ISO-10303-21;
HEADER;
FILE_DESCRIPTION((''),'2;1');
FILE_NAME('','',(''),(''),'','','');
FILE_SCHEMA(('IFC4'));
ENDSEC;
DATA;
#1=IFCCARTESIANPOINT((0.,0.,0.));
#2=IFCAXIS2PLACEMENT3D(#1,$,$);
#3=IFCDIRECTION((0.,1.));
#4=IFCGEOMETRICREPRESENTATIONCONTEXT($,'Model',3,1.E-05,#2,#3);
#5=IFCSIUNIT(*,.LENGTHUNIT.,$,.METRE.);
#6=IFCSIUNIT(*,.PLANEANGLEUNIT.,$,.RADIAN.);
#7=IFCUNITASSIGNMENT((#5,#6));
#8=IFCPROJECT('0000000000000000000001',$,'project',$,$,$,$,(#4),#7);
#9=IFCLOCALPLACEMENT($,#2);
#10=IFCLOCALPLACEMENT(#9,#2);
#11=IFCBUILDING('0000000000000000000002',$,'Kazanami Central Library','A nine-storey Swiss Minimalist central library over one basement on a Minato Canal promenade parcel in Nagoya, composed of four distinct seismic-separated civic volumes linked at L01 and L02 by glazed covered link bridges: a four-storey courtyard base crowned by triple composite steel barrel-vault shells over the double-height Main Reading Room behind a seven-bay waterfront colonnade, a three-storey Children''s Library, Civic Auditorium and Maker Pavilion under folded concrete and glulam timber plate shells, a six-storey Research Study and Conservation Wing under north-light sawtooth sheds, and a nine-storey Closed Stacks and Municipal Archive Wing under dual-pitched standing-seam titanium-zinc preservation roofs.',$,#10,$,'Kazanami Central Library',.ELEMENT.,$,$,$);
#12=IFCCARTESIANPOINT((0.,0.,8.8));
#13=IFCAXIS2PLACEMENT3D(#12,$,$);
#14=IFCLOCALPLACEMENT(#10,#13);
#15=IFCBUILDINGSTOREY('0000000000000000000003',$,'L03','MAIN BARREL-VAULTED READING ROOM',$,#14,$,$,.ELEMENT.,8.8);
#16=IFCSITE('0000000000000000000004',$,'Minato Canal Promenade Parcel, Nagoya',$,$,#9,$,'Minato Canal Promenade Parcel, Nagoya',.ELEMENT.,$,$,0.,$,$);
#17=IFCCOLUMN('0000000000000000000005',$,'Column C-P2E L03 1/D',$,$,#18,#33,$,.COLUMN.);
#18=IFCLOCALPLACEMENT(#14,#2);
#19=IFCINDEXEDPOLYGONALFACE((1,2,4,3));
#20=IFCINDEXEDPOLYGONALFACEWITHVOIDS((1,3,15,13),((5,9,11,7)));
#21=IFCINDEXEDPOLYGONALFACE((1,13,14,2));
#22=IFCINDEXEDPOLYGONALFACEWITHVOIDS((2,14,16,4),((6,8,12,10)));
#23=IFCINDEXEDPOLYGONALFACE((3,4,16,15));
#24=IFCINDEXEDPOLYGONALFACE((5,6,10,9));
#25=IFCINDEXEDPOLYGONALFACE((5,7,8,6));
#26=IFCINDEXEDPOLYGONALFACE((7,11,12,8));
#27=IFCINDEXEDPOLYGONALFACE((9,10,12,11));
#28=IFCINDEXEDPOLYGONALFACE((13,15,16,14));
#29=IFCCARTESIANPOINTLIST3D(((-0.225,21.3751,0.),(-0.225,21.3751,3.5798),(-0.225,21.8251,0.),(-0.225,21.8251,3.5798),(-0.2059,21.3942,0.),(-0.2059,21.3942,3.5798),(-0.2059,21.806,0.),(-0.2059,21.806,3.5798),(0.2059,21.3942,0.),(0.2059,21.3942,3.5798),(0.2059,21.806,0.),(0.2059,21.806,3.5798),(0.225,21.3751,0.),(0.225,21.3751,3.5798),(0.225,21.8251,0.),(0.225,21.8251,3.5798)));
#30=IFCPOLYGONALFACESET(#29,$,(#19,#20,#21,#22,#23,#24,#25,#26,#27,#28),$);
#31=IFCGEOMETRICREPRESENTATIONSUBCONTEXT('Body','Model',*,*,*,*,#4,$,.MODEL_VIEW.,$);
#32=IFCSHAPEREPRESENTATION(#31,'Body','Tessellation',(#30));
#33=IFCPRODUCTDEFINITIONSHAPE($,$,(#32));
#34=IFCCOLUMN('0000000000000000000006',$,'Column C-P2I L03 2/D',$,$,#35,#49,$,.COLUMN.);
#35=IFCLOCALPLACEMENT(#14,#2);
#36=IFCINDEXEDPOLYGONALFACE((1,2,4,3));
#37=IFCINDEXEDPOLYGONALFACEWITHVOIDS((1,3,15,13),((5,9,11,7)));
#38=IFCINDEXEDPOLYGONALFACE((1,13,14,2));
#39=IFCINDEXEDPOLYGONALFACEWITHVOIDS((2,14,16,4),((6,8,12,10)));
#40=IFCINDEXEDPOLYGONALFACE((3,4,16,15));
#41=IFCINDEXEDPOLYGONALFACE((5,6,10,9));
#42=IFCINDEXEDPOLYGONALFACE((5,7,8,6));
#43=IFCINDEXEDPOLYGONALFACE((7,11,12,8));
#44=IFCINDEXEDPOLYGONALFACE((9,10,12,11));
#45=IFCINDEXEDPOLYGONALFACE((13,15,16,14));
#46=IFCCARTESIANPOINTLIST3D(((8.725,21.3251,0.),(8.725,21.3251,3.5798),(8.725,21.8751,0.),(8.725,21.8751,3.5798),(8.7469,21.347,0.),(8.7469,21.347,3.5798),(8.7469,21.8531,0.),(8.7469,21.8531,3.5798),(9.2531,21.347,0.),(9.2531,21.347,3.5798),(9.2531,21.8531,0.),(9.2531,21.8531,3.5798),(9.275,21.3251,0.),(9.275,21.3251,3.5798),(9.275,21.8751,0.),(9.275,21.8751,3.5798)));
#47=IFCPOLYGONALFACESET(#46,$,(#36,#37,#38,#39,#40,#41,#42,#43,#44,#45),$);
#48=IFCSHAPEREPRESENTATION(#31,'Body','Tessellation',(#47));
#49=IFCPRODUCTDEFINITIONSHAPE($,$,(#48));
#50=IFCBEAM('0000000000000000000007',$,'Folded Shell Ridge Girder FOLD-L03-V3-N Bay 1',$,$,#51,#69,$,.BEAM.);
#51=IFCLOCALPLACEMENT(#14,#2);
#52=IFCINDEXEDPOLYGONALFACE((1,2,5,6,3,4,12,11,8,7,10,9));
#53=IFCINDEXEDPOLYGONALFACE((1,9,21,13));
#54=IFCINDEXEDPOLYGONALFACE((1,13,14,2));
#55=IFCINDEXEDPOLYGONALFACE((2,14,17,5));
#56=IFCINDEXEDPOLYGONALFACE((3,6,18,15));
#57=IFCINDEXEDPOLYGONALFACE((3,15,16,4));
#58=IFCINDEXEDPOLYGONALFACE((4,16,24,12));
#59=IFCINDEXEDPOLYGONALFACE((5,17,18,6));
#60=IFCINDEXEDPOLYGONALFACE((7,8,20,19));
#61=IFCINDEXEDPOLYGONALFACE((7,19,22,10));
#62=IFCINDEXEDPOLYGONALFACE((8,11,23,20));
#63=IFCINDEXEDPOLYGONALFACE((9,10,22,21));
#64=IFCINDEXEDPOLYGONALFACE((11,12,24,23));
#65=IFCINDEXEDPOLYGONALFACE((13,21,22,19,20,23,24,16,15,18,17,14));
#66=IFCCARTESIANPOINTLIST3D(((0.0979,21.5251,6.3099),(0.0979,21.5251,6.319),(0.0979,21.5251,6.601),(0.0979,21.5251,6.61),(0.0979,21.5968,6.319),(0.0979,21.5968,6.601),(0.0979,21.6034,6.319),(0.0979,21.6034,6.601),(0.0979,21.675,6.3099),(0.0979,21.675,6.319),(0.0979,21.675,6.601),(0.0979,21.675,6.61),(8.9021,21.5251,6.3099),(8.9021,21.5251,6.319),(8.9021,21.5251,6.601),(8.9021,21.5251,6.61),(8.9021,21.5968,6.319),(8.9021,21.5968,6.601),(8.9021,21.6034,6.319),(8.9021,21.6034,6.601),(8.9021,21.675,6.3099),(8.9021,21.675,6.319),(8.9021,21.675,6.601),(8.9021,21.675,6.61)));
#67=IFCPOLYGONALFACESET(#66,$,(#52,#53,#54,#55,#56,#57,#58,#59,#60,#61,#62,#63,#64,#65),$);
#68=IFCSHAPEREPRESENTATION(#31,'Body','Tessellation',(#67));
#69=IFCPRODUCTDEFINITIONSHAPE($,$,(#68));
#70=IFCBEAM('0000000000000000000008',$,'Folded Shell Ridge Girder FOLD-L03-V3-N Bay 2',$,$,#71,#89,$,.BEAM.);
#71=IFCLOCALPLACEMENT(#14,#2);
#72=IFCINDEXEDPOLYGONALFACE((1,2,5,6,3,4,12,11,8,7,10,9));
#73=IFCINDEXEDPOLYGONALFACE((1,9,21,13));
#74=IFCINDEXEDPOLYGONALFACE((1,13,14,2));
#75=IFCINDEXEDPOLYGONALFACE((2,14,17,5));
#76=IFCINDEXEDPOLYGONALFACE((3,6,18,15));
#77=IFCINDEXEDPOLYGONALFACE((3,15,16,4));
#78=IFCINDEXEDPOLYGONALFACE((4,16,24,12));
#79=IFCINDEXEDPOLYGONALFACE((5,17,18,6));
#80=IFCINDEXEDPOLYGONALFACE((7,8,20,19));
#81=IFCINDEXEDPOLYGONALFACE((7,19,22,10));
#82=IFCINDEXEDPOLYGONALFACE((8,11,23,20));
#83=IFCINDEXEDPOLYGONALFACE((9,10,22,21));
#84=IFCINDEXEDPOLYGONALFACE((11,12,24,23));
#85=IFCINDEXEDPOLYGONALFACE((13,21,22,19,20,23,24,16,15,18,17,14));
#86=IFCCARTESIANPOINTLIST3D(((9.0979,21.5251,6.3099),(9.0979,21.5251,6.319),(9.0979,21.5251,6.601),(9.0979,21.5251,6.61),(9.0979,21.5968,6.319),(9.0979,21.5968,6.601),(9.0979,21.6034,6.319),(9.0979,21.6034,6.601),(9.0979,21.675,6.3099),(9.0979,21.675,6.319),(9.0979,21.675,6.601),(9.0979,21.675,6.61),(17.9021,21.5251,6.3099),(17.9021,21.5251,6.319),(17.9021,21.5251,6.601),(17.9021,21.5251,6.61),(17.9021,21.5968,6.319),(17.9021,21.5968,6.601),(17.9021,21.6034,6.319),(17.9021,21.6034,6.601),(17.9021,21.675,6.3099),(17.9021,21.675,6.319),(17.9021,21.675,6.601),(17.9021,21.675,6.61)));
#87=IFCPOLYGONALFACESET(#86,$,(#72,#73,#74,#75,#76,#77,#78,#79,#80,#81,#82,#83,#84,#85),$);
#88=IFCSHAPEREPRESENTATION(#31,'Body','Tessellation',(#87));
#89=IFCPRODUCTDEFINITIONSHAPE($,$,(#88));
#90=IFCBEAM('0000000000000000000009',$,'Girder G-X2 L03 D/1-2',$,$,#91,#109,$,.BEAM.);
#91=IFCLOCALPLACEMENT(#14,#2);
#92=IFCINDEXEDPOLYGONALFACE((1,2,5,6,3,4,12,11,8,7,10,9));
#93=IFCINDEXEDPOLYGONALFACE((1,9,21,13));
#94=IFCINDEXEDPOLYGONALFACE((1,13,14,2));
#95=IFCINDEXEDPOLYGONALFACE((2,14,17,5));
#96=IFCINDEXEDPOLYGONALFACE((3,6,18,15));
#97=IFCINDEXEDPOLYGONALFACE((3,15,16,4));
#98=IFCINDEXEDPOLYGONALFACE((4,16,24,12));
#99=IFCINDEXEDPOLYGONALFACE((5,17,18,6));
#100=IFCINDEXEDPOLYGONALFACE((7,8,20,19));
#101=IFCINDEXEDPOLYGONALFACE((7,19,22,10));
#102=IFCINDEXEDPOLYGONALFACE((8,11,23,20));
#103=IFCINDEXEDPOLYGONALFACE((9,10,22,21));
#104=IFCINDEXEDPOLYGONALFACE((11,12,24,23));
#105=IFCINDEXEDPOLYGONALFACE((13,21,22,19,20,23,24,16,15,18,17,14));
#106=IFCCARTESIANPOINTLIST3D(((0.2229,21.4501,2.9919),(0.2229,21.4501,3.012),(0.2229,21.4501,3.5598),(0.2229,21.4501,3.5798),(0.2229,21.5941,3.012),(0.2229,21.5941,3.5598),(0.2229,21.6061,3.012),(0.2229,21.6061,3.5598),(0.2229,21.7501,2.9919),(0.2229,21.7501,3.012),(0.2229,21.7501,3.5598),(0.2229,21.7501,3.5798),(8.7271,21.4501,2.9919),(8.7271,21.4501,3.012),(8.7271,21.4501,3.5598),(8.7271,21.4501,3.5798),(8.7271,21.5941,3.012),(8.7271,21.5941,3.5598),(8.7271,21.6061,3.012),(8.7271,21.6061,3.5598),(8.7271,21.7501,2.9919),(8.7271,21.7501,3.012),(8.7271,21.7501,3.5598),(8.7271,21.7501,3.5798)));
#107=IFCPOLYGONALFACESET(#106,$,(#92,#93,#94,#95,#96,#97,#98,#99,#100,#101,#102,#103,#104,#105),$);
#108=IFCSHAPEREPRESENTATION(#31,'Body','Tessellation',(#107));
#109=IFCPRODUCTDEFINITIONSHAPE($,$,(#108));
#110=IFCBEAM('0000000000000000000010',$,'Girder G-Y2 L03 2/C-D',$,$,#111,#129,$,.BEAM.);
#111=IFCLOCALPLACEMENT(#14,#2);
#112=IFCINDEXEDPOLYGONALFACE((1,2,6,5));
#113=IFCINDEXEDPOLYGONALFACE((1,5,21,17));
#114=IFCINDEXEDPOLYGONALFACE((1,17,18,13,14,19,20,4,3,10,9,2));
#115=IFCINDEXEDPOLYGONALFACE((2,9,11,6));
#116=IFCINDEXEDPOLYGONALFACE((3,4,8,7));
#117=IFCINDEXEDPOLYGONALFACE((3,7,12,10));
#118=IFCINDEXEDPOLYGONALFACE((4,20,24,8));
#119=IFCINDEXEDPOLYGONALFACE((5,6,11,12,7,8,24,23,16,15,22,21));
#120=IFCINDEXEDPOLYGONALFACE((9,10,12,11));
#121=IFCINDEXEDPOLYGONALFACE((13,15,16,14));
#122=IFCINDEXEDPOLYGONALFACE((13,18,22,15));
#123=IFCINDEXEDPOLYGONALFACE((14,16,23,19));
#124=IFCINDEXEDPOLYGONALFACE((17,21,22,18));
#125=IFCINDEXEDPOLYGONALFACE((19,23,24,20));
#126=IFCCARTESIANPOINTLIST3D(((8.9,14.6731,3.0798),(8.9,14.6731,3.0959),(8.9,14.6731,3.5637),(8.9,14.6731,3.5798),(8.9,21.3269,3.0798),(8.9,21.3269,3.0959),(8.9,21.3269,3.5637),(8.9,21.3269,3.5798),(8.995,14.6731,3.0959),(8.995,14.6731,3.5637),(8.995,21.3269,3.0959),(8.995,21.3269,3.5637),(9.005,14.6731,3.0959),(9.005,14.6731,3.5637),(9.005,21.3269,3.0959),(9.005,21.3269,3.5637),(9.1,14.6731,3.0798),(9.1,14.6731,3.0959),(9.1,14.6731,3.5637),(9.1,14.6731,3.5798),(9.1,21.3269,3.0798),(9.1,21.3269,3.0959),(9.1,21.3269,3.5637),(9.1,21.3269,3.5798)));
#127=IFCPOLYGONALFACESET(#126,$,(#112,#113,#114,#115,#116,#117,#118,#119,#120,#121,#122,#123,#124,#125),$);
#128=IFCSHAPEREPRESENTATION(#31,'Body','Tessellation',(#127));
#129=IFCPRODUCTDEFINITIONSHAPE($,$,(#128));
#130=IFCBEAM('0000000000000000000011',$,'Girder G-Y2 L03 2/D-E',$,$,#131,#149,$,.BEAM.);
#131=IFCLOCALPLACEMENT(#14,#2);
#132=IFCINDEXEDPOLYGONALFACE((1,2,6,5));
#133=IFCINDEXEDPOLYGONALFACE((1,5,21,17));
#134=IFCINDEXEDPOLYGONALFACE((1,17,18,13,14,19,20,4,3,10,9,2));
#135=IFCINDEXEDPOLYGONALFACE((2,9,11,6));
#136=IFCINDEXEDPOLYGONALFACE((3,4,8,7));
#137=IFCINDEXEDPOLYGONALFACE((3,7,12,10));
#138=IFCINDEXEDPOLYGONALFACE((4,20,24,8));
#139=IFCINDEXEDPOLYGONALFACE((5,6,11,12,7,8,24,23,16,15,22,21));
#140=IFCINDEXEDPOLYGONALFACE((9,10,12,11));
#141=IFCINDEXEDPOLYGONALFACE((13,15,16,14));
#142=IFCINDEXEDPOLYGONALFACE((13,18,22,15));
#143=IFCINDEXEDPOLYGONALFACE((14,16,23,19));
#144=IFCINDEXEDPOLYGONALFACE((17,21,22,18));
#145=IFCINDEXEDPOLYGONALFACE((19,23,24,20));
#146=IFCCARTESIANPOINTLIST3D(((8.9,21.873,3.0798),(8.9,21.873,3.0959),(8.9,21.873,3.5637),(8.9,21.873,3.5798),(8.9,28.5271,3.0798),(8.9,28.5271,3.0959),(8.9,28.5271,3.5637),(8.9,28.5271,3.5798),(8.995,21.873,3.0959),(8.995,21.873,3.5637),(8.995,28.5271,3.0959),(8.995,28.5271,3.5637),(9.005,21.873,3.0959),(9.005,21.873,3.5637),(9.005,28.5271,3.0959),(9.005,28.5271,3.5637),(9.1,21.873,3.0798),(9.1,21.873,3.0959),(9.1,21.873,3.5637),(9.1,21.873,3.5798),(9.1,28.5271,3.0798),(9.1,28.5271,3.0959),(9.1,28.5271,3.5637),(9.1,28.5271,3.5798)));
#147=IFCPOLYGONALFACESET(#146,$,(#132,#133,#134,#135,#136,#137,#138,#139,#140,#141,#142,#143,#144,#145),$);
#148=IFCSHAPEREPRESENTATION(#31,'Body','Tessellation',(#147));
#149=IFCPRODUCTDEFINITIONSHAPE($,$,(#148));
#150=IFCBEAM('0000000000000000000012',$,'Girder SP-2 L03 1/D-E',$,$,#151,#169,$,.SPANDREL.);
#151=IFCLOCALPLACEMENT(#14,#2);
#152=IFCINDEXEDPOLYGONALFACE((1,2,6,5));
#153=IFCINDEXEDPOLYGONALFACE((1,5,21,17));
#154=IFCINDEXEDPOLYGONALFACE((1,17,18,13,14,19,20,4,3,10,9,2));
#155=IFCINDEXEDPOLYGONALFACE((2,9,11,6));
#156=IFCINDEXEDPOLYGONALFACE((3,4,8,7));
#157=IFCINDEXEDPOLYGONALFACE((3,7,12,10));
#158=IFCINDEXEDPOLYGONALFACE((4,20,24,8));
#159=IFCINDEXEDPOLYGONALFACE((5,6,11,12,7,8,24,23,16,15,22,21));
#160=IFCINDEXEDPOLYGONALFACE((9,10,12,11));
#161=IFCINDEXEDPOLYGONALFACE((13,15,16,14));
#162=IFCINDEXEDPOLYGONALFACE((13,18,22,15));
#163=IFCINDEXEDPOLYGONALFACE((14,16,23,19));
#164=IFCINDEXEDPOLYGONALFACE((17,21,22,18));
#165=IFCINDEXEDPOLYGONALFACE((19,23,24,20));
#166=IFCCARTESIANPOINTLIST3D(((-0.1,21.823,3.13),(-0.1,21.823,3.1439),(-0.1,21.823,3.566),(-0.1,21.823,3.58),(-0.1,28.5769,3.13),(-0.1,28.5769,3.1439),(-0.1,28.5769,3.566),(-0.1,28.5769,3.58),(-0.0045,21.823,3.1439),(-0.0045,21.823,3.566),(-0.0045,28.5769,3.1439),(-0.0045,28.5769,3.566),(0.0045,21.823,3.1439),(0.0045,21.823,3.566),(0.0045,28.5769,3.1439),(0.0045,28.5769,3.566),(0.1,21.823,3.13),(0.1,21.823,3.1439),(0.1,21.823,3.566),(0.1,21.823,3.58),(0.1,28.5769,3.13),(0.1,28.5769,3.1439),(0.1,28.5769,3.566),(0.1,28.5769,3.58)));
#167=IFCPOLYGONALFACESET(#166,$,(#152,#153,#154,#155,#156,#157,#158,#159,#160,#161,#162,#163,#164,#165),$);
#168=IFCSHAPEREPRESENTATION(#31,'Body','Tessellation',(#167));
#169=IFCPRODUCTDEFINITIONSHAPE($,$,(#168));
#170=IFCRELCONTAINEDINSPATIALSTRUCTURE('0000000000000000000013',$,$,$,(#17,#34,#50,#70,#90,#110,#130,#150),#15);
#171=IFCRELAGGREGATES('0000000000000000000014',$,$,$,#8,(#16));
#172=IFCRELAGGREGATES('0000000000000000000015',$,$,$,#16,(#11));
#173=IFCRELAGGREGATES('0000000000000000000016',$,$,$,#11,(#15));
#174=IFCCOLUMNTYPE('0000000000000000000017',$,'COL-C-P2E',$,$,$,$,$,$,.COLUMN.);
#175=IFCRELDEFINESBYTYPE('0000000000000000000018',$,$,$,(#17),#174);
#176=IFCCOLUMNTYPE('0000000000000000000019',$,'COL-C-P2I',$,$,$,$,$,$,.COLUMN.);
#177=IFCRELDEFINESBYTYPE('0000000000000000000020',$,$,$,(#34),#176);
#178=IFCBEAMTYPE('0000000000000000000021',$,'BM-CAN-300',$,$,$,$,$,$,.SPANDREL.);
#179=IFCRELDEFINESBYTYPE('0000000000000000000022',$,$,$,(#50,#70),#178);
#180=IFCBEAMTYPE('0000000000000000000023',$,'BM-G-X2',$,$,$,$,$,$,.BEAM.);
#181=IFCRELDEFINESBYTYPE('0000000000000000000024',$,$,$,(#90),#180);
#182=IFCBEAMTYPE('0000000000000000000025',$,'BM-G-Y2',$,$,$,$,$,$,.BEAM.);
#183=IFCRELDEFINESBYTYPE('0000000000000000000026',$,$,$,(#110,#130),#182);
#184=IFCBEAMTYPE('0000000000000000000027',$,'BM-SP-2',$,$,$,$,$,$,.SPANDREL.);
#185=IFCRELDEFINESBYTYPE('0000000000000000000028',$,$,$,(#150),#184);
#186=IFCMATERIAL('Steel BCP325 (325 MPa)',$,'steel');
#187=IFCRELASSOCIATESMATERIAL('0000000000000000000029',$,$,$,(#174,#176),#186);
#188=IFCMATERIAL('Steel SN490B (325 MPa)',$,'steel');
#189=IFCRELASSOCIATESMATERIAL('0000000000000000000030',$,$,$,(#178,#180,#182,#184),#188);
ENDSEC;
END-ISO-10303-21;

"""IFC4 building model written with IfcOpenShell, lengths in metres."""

from ifc_helpers import new_model, si_unit, direction, frame, origin, origin_2d, place, context, subcontext, project, spatial, hollow_rectangle, i_section, extrude, material, material_profile, profile_set, type_object, element, save


model = new_model("IFC4")

# Units and contexts
model_context = context("Model", 3, precision=1e-05, world=origin(), true_north=direction((0.0, 1.0)))
body_context = subcontext(model_context, "Body", "Model", "MODEL_VIEW")
ifc_project = project(units=[si_unit("LENGTHUNIT", "METRE"), si_unit("PLANEANGLEUNIT", "RADIAN")], contexts=[model_context])

# Site, building, storey
site_placement = place(None, origin())
site = spatial("IfcSite", under=ifc_project, at=site_placement, Name="Minato Canal Promenade Parcel, Nagoya", LongName="Minato Canal Promenade Parcel, Nagoya", CompositionType="ELEMENT", RefElevation=0.0)
building_placement = place(site_placement, origin())
building = spatial("IfcBuilding", under=site, at=building_placement, Name="Kazanami Central Library", Description="A nine-storey Swiss Minimalist central library over one basement on a Minato Canal promenade parcel in Nagoya, composed of four distinct seismic-separated civic volumes linked at L01 and L02 by glazed covered link bridges: a four-storey courtyard base crowned by triple composite steel barrel-vault shells over the double-height Main Reading Room behind a seven-bay waterfront colonnade, a three-storey Children's Library, Civic Auditorium and Maker Pavilion under folded concrete and glulam timber plate shells, a six-storey Research Study and Conservation Wing under north-light sawtooth sheds, and a nine-storey Closed Stacks and Municipal Archive Wing under dual-pitched standing-seam titanium-zinc preservation roofs.", LongName="Kazanami Central Library", CompositionType="ELEMENT")
storey_placement = place(building_placement, frame((0.0, 0.0, 8.8)))
storey = spatial("IfcBuildingStorey", under=building, at=storey_placement, Name="L03", Description="MAIN BARREL-VAULTED READING ROOM", CompositionType="ELEMENT", Elevation=8.8)

# Columns
ifc_material_1 = material(Name="Steel BCP325 (325 MPa)", Category="steel")
ifc_material_profile_1 = material_profile(ifc_material_1, hollow_rectangle(XDim=0.45, YDim=0.45, WallThickness=0.019, at=origin_2d()), Name="BCP-450x450x19")
ifc_profile_set_1 = profile_set([ifc_material_profile_1], Name="Steel BCP325 (325 MPa)")
column_type_1 = type_object("IfcColumnType", Name="COL-C-P2E", PredefinedType="COLUMN", material=ifc_profile_set_1)
column_1_placement = place(storey_placement, frame((0.0, 21.6001, 0.0), z_axis=(0.0, 0.0, 1.0), x_axis=(1.0, 0.0, 0.0)))
element("IfcColumn", 1, at=column_1_placement, inside=storey, type_object=column_type_1, Name="Column C-P2E L03 1/D", PredefinedType="COLUMN", context=body_context, shape_type="SweptSolid", body=[
    extrude(hollow_rectangle(XDim=0.45, YDim=0.45, WallThickness=0.019, at=origin_2d()), origin(), (0.0, 0.0, 1.0), 3.5798),
])
ifc_material_profile_2 = material_profile(ifc_material_1, hollow_rectangle(XDim=0.55, YDim=0.55, WallThickness=0.022, at=origin_2d()), Name="BCP-550x550x22")
ifc_profile_set_2 = profile_set([ifc_material_profile_2], Name="Steel BCP325 (325 MPa)")
column_type_2 = type_object("IfcColumnType", Name="COL-C-P2I", PredefinedType="COLUMN", material=ifc_profile_set_2)
column_2_placement = place(storey_placement, frame((9.0, 21.6001, 0.0), z_axis=(0.0, 0.0, 1.0), x_axis=(1.0, 0.0, 0.0)))
element("IfcColumn", 2, at=column_2_placement, inside=storey, type_object=column_type_2, Name="Column C-P2I L03 2/D", PredefinedType="COLUMN", context=body_context, shape_type="SweptSolid", body=[
    extrude(hollow_rectangle(XDim=0.55, YDim=0.55, WallThickness=0.022, at=origin_2d()), origin(), (0.0, 0.0, 1.0), 3.5798),
])

# Beams
ifc_material_2 = material(Name="Steel SN490B (325 MPa)", Category="steel")
ifc_material_profile_3 = material_profile(ifc_material_2, i_section(OverallWidth=0.1499, OverallDepth=0.3, WebThickness=0.0066, FlangeThickness=0.009, at=origin_2d()), Name="H-300x150x6.5x9")
ifc_profile_set_3 = profile_set([ifc_material_profile_3], Name="Steel SN490B (325 MPa)")
beam_type_1 = type_object("IfcBeamType", Name="BM-CAN-300", PredefinedType="SPANDREL", material=ifc_profile_set_3)
for number, where, z_axis, x_axis, name in (
    (3, (0.0979, 21.6001, 6.46), (1.0, 0.0, 0.0), (0.0, 1.0, 0.0), "Folded Shell Ridge Girder FOLD-L03-V3-N Bay 1"),
    (4, (9.0979, 21.6001, 6.46), (1.0, 0.0, 0.0), (0.0, 1.0, 0.0), "Folded Shell Ridge Girder FOLD-L03-V3-N Bay 2"),
):
    element("IfcBeam", number, at=place(storey_placement, frame(where, z_axis=z_axis, x_axis=x_axis)), inside=storey, type_object=beam_type_1, Name=name, PredefinedType="BEAM", context=body_context, shape_type="SweptSolid", body=[
        extrude(i_section(OverallWidth=0.1499, OverallDepth=0.3, WebThickness=0.0066, FlangeThickness=0.009, at=origin_2d()), origin(), (0.0, 0.0, 1.0), 8.8042),
    ])
ifc_material_profile_4 = material_profile(ifc_material_2, i_section(OverallWidth=0.3, OverallDepth=0.5879, WebThickness=0.012, FlangeThickness=0.02, at=origin_2d()), Name="H-588x300x12x20")
ifc_profile_set_4 = profile_set([ifc_material_profile_4], Name="Steel SN490B (325 MPa)")
beam_type_2 = type_object("IfcBeamType", Name="BM-G-X2", PredefinedType="BEAM", material=ifc_profile_set_4)
beam_1_placement = place(storey_placement, frame((0.2229, 21.6001, 3.2859), z_axis=(1.0, 0.0, 0.0), x_axis=(0.0, 1.0, 0.0)))
element("IfcBeam", 5, at=beam_1_placement, inside=storey, type_object=beam_type_2, Name="Girder G-X2 L03 D/1-2", PredefinedType="BEAM", context=body_context, shape_type="SweptSolid", body=[
    extrude(i_section(OverallWidth=0.3, OverallDepth=0.5879, WebThickness=0.012, FlangeThickness=0.02, at=origin_2d()), origin(), (0.0, 0.0, 1.0), 8.5042),
])
ifc_material_profile_5 = material_profile(ifc_material_2, i_section(OverallWidth=0.2, OverallDepth=0.5, WebThickness=0.01, FlangeThickness=0.0161, at=origin_2d()), Name="H-500x200x10x16")
ifc_profile_set_5 = profile_set([ifc_material_profile_5], Name="Steel SN490B (325 MPa)")
beam_type_3 = type_object("IfcBeamType", Name="BM-G-Y2", PredefinedType="BEAM", material=ifc_profile_set_5)
beam_2_placement = place(storey_placement, frame((9.0, 14.6731, 3.3298), z_axis=(0.0, 1.0, 0.0), x_axis=(-1.0, 0.0, 0.0)))
element("IfcBeam", 6, at=beam_2_placement, inside=storey, type_object=beam_type_3, Name="Girder G-Y2 L03 2/C-D", PredefinedType="BEAM", context=body_context, shape_type="SweptSolid", body=[
    extrude(i_section(OverallWidth=0.2, OverallDepth=0.5, WebThickness=0.01, FlangeThickness=0.0161, at=origin_2d()), origin(), (0.0, 0.0, 1.0), 6.6538),
])
beam_3_placement = place(storey_placement, frame((9.0, 21.873, 3.3298), z_axis=(0.0, 1.0, 0.0), x_axis=(-1.0, 0.0, 0.0)))
element("IfcBeam", 7, at=beam_3_placement, inside=storey, type_object=beam_type_3, Name="Girder G-Y2 L03 2/D-E", PredefinedType="BEAM", context=body_context, shape_type="SweptSolid", body=[
    extrude(i_section(OverallWidth=0.2, OverallDepth=0.5, WebThickness=0.01, FlangeThickness=0.0161, at=origin_2d()), origin(), (0.0, 0.0, 1.0), 6.6541),
])
ifc_material_profile_6 = material_profile(ifc_material_2, i_section(OverallWidth=0.2, OverallDepth=0.45, WebThickness=0.009, FlangeThickness=0.0139, at=origin_2d()), Name="H-450x200x9x14")
ifc_profile_set_6 = profile_set([ifc_material_profile_6], Name="Steel SN490B (325 MPa)")
beam_type_4 = type_object("IfcBeamType", Name="BM-SP-2", PredefinedType="SPANDREL", material=ifc_profile_set_6)
beam_4_placement = place(storey_placement, frame((0.0, 21.823, 3.355), z_axis=(0.0, 1.0, 0.0), x_axis=(-1.0, 0.0, 0.0)))
element("IfcBeam", 8, at=beam_4_placement, inside=storey, type_object=beam_type_4, Name="Girder SP-2 L03 1/D-E", PredefinedType="SPANDREL", context=body_context, shape_type="SweptSolid", body=[
    extrude(i_section(OverallWidth=0.2, OverallDepth=0.45, WebThickness=0.009, FlangeThickness=0.0139, at=origin_2d()), origin(), (0.0, 0.0, 1.0), 6.7539),
])

save(model, "model.ifc")
